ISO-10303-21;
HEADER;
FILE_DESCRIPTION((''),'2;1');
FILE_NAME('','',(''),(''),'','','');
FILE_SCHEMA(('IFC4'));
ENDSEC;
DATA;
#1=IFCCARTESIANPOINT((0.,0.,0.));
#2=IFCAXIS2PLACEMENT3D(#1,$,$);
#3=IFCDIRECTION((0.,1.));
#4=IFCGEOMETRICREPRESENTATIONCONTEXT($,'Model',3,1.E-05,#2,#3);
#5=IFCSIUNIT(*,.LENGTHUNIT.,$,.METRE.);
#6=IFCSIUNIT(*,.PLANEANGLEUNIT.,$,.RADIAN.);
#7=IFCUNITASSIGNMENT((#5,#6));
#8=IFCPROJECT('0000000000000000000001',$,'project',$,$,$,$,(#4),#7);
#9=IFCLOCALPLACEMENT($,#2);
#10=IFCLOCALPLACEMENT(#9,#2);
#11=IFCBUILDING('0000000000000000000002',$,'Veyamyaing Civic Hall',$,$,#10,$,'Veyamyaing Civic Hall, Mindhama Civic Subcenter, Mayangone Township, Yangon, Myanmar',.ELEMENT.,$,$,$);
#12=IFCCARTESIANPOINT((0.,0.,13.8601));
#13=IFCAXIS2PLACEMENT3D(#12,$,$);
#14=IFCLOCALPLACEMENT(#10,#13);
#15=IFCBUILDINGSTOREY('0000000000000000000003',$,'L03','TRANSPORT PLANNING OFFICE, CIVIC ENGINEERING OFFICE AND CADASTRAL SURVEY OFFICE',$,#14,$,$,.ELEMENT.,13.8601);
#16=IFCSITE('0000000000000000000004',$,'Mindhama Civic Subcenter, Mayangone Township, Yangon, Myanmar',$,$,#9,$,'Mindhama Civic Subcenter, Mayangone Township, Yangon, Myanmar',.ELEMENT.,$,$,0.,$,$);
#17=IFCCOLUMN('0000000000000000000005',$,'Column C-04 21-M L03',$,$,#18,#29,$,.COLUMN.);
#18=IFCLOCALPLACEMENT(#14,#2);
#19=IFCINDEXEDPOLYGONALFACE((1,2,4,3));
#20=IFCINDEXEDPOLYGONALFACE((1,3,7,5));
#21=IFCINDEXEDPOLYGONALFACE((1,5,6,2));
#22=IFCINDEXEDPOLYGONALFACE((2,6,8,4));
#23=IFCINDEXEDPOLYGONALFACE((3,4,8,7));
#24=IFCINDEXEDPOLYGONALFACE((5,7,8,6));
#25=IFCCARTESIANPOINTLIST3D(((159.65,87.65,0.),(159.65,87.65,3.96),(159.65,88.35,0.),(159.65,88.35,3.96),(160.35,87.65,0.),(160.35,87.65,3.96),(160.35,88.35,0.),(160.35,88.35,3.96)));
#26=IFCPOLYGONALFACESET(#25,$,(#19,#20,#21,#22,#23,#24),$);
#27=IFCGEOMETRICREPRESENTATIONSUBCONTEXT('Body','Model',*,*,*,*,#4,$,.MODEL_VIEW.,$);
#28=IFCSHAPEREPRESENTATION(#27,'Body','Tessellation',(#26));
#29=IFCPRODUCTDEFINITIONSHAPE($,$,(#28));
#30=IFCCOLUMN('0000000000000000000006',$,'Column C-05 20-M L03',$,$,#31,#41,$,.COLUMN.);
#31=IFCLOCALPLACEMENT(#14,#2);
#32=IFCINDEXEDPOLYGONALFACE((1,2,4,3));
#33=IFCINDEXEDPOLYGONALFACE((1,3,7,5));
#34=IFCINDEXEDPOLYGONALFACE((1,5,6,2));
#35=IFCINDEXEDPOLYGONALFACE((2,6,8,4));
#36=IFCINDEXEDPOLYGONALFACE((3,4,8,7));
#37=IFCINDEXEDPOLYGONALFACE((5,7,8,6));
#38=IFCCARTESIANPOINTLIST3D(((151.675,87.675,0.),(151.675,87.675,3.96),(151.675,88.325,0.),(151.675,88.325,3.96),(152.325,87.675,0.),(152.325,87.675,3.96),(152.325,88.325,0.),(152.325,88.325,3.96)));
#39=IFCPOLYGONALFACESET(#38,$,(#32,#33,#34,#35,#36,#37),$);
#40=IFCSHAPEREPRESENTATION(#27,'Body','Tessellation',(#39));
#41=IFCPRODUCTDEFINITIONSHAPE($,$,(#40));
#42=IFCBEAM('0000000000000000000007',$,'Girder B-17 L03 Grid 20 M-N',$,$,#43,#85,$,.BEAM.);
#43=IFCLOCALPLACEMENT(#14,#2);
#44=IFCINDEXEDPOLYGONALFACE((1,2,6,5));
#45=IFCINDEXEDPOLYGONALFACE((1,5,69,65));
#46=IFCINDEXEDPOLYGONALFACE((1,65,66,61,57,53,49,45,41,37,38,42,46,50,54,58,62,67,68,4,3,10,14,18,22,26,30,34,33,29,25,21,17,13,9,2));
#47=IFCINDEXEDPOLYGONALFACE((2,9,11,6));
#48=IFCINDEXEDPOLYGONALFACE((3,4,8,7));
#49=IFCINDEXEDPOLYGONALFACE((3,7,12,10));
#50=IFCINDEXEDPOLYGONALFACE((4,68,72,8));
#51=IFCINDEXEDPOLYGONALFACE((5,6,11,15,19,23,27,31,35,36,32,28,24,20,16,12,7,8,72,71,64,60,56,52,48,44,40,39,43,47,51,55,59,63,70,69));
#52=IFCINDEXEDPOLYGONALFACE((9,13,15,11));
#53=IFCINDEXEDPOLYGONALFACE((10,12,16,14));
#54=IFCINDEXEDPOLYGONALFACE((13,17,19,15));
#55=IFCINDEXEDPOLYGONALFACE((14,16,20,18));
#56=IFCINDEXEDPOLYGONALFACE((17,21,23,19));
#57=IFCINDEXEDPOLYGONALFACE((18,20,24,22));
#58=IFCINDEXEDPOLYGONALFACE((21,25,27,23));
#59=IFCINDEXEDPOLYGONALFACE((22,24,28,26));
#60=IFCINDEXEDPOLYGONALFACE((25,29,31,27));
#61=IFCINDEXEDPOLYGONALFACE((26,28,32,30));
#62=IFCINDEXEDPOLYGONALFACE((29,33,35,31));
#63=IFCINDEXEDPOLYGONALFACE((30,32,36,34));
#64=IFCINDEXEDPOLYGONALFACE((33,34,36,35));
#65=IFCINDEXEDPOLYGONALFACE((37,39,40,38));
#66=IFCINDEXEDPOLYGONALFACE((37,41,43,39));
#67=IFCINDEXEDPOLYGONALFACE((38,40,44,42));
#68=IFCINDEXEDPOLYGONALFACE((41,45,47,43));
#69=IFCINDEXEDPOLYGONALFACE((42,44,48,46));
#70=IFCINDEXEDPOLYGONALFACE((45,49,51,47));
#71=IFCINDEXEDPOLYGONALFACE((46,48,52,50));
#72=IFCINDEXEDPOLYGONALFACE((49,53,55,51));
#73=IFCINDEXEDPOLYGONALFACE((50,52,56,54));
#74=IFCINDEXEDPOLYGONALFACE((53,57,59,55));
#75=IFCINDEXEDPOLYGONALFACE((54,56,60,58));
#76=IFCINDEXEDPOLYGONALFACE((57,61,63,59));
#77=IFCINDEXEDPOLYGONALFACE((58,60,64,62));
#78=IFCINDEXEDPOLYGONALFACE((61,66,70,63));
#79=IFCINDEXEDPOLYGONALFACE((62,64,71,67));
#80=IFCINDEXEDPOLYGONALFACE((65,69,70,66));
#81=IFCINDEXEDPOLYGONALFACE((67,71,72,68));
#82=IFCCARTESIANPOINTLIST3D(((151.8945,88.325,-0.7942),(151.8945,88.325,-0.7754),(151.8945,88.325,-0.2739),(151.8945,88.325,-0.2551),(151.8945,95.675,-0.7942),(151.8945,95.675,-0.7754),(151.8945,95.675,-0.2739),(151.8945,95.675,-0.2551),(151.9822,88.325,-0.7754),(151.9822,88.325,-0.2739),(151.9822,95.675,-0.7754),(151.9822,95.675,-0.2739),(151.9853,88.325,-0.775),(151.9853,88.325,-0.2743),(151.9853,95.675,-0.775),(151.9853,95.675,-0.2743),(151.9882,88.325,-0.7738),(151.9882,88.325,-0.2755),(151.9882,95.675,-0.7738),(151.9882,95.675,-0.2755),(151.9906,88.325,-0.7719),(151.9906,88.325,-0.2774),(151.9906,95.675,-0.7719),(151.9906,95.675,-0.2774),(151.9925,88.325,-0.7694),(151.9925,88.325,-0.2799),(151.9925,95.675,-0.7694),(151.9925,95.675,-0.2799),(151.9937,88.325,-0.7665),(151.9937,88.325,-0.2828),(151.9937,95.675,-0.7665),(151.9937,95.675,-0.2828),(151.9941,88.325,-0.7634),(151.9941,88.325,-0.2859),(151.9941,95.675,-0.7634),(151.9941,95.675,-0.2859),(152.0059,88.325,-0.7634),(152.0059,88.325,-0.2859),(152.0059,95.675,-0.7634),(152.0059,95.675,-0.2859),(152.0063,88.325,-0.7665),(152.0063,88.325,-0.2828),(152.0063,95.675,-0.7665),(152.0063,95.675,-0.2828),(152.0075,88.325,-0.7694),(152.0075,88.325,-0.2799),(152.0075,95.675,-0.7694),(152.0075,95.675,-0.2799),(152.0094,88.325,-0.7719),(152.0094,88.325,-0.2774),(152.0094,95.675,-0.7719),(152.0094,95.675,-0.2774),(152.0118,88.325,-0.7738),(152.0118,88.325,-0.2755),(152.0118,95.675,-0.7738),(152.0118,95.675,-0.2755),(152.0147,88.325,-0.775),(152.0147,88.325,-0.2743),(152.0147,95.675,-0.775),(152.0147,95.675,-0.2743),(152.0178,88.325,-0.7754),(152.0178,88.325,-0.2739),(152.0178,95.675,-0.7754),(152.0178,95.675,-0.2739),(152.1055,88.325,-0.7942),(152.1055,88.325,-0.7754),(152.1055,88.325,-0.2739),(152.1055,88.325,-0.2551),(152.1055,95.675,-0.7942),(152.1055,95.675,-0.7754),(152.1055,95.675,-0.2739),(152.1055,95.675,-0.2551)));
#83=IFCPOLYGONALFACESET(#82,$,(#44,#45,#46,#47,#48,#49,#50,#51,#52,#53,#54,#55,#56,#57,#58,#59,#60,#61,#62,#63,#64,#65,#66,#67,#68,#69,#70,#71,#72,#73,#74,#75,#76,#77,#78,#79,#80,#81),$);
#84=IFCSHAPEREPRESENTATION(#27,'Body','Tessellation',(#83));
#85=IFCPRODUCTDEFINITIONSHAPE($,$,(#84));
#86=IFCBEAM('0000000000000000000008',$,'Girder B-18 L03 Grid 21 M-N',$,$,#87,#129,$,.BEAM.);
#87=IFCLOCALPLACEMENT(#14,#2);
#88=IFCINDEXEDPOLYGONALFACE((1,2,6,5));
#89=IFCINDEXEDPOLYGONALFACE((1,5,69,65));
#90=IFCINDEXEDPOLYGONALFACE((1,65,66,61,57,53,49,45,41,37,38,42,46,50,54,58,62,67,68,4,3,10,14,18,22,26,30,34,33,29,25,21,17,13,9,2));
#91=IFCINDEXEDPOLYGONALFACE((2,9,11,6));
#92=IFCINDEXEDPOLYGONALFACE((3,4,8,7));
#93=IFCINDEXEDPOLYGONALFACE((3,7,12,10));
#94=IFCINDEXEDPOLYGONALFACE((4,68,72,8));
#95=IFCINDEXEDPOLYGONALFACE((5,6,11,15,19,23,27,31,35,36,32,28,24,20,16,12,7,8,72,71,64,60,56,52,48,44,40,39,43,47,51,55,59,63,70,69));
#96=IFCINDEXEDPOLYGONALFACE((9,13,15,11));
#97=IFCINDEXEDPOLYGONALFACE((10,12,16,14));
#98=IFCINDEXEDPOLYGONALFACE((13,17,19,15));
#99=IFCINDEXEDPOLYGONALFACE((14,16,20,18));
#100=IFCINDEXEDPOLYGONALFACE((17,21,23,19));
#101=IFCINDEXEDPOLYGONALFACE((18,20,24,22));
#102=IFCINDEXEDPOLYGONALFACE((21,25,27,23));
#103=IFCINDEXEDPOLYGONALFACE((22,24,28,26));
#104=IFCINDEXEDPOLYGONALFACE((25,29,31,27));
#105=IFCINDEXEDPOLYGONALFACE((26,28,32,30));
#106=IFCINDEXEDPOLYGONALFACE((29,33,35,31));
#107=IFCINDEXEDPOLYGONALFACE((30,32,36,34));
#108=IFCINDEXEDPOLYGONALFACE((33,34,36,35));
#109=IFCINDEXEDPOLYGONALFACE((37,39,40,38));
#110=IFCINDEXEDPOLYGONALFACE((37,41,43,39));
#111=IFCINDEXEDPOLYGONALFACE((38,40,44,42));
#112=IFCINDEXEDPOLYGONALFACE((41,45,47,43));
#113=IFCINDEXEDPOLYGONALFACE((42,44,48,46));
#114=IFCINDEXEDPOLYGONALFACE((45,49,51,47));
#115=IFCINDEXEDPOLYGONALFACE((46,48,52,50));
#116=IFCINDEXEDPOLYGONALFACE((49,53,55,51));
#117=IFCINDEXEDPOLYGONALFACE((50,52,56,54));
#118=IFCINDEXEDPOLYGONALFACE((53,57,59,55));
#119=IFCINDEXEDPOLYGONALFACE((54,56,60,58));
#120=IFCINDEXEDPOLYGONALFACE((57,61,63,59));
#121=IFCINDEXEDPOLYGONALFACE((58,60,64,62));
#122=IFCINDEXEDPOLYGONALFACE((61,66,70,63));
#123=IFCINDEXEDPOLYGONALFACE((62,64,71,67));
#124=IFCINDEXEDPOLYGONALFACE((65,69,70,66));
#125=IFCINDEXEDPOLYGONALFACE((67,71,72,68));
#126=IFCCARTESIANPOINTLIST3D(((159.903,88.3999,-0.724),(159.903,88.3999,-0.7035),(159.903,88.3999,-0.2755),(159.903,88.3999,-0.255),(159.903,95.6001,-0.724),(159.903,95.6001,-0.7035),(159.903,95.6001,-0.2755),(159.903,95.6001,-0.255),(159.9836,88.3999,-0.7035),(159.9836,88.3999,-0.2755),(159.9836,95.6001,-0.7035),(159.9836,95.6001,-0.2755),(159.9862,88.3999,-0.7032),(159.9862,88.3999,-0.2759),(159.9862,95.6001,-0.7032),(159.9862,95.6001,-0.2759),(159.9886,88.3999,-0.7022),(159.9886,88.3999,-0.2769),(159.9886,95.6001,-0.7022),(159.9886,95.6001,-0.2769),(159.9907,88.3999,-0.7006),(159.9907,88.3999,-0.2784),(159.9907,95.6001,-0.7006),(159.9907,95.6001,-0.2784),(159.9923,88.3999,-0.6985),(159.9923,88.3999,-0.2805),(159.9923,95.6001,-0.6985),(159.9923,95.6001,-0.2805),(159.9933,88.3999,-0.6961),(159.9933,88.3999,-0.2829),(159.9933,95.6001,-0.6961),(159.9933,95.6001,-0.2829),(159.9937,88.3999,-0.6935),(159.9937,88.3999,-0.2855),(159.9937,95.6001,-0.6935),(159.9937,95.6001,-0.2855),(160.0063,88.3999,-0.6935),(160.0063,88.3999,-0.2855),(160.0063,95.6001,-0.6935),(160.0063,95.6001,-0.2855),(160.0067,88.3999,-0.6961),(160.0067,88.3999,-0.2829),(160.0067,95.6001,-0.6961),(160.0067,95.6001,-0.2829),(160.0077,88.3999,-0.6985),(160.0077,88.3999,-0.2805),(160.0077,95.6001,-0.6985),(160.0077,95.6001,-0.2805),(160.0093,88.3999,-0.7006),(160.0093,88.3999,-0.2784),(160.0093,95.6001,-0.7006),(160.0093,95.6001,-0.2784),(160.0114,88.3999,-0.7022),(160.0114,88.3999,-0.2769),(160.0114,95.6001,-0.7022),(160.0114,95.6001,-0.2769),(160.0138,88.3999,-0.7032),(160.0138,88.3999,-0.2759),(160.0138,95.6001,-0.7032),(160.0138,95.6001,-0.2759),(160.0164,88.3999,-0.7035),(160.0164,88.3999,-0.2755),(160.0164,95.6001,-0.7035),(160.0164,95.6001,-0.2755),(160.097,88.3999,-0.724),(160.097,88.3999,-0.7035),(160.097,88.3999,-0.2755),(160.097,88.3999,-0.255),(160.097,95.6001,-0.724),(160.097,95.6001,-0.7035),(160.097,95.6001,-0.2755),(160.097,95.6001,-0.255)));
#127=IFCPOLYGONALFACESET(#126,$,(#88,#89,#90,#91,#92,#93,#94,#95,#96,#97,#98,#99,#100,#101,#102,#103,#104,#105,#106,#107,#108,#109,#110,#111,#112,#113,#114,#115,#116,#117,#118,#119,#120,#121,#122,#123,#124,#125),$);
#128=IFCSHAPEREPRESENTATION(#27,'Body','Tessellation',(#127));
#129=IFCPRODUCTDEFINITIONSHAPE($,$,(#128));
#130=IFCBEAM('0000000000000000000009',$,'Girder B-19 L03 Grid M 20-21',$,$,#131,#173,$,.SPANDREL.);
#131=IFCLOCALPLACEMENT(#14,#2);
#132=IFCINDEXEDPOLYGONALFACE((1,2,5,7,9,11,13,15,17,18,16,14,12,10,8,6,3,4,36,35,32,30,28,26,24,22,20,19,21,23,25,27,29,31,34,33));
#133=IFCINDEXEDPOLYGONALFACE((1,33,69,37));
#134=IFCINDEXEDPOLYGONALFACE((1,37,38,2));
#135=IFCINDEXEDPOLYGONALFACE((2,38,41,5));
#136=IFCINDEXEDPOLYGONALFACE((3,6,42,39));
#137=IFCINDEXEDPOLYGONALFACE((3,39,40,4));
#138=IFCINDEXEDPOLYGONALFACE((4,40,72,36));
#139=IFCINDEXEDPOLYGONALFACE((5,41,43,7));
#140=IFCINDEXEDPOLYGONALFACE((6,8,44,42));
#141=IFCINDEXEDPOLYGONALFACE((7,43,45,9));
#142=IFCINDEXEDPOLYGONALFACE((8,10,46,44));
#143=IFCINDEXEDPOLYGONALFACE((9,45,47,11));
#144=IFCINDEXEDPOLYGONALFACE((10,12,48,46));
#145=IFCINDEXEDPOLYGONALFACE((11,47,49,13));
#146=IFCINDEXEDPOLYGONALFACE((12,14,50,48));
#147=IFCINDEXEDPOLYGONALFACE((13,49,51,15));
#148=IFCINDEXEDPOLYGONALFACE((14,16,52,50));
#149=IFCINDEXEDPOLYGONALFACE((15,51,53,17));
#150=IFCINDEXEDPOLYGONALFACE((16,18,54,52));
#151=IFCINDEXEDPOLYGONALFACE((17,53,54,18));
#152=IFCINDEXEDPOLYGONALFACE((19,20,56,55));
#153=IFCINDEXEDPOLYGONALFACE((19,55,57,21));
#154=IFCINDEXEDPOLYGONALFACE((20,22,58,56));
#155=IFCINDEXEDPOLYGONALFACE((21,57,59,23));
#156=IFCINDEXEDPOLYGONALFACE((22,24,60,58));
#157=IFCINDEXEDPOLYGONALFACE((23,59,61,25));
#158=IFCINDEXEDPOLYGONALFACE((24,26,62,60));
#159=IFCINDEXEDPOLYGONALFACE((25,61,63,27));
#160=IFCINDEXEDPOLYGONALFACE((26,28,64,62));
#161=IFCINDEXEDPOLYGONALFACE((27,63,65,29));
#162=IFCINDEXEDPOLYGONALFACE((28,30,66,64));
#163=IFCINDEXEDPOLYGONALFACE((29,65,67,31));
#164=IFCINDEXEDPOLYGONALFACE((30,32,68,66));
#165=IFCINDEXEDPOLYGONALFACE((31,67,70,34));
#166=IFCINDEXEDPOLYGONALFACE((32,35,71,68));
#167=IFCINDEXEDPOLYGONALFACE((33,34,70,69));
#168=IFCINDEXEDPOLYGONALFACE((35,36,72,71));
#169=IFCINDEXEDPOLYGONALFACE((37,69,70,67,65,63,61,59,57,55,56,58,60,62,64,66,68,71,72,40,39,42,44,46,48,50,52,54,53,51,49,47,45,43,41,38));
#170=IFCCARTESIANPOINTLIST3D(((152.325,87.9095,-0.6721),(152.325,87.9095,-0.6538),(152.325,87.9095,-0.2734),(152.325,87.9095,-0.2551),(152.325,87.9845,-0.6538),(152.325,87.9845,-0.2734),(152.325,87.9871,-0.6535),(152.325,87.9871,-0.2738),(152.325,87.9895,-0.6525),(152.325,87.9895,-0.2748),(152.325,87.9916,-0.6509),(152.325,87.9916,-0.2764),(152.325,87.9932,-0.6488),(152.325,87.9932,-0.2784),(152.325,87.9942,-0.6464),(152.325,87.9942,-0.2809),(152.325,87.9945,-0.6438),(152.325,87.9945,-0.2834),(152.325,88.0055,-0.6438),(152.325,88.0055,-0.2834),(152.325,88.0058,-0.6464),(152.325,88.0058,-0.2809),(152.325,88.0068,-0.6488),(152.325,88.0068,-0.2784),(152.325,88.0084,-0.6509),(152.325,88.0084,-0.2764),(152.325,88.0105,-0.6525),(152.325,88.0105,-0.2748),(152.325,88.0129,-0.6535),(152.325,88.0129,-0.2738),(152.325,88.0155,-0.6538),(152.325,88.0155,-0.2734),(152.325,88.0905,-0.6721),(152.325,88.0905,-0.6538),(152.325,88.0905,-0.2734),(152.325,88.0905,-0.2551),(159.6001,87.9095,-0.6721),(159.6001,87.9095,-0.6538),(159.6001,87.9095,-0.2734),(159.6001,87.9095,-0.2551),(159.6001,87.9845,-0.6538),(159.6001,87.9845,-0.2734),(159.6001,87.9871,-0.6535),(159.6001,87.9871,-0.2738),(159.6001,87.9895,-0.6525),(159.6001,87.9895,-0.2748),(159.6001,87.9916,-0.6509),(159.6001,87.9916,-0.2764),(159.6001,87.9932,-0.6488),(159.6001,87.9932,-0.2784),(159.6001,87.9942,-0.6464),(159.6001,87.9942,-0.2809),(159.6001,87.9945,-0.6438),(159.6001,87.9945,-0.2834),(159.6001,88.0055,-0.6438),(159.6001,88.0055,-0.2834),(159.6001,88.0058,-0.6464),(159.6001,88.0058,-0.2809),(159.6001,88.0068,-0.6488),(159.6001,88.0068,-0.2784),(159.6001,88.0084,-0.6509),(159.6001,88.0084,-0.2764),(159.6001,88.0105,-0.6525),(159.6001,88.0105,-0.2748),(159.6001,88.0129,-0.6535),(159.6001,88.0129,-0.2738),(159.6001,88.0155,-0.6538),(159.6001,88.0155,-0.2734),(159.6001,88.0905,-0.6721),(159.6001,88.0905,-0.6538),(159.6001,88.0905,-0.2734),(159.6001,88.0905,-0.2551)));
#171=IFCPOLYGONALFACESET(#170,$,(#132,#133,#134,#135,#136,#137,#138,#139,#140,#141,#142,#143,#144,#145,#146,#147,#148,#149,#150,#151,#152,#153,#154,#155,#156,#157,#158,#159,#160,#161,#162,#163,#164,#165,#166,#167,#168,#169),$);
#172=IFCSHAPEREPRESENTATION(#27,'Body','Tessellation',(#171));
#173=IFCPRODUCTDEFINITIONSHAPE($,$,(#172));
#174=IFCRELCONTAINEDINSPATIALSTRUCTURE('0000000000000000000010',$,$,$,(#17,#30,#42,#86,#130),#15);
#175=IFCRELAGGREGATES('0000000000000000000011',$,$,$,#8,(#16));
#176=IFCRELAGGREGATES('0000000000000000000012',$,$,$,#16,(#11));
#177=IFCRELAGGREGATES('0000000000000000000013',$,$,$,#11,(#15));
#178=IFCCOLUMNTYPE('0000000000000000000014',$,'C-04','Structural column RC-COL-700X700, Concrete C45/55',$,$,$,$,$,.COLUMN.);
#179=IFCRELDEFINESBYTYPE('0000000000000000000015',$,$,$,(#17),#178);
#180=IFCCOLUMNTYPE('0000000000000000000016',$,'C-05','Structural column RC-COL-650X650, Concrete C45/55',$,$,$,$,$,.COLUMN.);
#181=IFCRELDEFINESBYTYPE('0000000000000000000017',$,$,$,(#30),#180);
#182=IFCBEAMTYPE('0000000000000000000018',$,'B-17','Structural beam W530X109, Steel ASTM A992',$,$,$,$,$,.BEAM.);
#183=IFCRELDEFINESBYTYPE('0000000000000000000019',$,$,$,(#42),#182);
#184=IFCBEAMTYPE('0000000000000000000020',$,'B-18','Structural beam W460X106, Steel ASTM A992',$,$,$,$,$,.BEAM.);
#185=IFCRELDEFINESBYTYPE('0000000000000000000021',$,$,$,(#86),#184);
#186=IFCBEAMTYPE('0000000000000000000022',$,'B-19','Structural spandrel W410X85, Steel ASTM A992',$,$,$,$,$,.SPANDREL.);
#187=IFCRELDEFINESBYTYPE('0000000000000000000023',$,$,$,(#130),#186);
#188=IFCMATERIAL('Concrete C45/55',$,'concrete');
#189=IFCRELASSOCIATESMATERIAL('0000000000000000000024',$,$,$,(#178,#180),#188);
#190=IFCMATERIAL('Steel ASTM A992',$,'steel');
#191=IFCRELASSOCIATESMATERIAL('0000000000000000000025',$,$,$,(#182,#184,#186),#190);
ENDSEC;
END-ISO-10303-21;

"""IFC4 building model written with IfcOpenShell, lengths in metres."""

from ifc_helpers import new_model, si_unit, direction, frame, origin, origin_2d, place, context, subcontext, project, spatial, rectangle, i_section, extrude, material, material_profile, profile_set, type_object, element, save


model = new_model("IFC4")

# Units and contexts
model_context = context("Model", 3, precision=1e-05, world=origin(), true_north=direction((0.0, 1.0)))
body_context = subcontext(model_context, "Body", "Model", "MODEL_VIEW")
ifc_project = project(units=[si_unit("LENGTHUNIT", "METRE"), si_unit("PLANEANGLEUNIT", "RADIAN")], contexts=[model_context])

# Site, building, storey
site_placement = place(None, origin())
site = spatial("IfcSite", under=ifc_project, at=site_placement, Name="Mindhama Civic Subcenter, Mayangone Township, Yangon, Myanmar", LongName="Mindhama Civic Subcenter, Mayangone Township, Yangon, Myanmar", CompositionType="ELEMENT", RefElevation=0.0)
building_placement = place(site_placement, origin())
building = spatial("IfcBuilding", under=site, at=building_placement, Name="Veyamyaing Civic Hall", LongName="Veyamyaing Civic Hall, Mindhama Civic Subcenter, Mayangone Township, Yangon, Myanmar", CompositionType="ELEMENT")
storey_placement = place(building_placement, frame((0.0, 0.0, 13.8601)))
storey = spatial("IfcBuildingStorey", under=building, at=storey_placement, Name="L03", Description="TRANSPORT PLANNING OFFICE, CIVIC ENGINEERING OFFICE AND CADASTRAL SURVEY OFFICE", CompositionType="ELEMENT", Elevation=13.8601)

# Columns
ifc_material_1 = material(Name="Concrete C45/55", Category="concrete")
ifc_material_profile_1 = material_profile(ifc_material_1, rectangle(XDim=0.7, YDim=0.7, at=origin_2d()), Name="RC-COL-700X700")
ifc_profile_set_1 = profile_set([ifc_material_profile_1], Name="Concrete C45/55")
column_type_1 = type_object("IfcColumnType", Name="C-04", Description="Structural column RC-COL-700X700, Concrete C45/55", PredefinedType="COLUMN", material=ifc_profile_set_1)
column_1_placement = place(storey_placement, frame((160.0, 88.0, 0.0), z_axis=(0.0, 0.0, 1.0), x_axis=(1.0, 0.0, 0.0)))
element("IfcColumn", 1, at=column_1_placement, inside=storey, type_object=column_type_1, Name="Column C-04 21-M L03", PredefinedType="COLUMN", context=body_context, shape_type="SweptSolid", body=[
    extrude(rectangle(XDim=0.7, YDim=0.7, at=origin_2d()), origin(), (0.0, 0.0, 1.0), 3.96),
])
ifc_material_profile_2 = material_profile(ifc_material_1, rectangle(XDim=0.6499, YDim=0.6499, at=origin_2d()), Name="RC-COL-650X650")
ifc_profile_set_2 = profile_set([ifc_material_profile_2], Name="Concrete C45/55")
column_type_2 = type_object("IfcColumnType", Name="C-05", Description="Structural column RC-COL-650X650, Concrete C45/55", PredefinedType="COLUMN", material=ifc_profile_set_2)
column_2_placement = place(storey_placement, frame((152.0, 88.0, 0.0), z_axis=(0.0, 0.0, 1.0), x_axis=(1.0, 0.0, 0.0)))
element("IfcColumn", 2, at=column_2_placement, inside=storey, type_object=column_type_2, Name="Column C-05 20-M L03", PredefinedType="COLUMN", context=body_context, shape_type="SweptSolid", body=[
    extrude(rectangle(XDim=0.6499, YDim=0.6499, at=origin_2d()), origin(), (0.0, 0.0, 1.0), 3.96),
])

# Beams
ifc_material_2 = material(Name="Steel ASTM A992", Category="steel")
ifc_material_profile_3 = material_profile(ifc_material_2, i_section(OverallWidth=0.2109, OverallDepth=0.5391, WebThickness=0.0117, FlangeThickness=0.0188, FilletRadius=0.012, at=origin_2d()), Name="W530X109")
ifc_profile_set_3 = profile_set([ifc_material_profile_3], Name="Steel ASTM A992")
beam_type_1 = type_object("IfcBeamType", Name="B-17", Description="Structural beam W530X109, Steel ASTM A992", PredefinedType="BEAM", material=ifc_profile_set_3)
beam_1_placement = place(storey_placement, frame((152.0, 88.325, -0.5247), z_axis=(0.0, 1.0, 0.0), x_axis=(-1.0, 0.0, 0.0)))
element("IfcBeam", 3, at=beam_1_placement, inside=storey, type_object=beam_type_1, Name="Girder B-17 L03 Grid 20 M-N", PredefinedType="BEAM", context=body_context, shape_type="SweptSolid", body=[
    extrude(i_section(OverallWidth=0.2109, OverallDepth=0.5391, WebThickness=0.0117, FlangeThickness=0.0188, FilletRadius=0.012, at=origin_2d()), origin(), (0.0, 0.0, 1.0), 7.3501),
])
ifc_material_profile_4 = material_profile(ifc_material_2, i_section(OverallWidth=0.1941, OverallDepth=0.469, WebThickness=0.0127, FlangeThickness=0.0205, FilletRadius=0.01, at=origin_2d()), Name="W460X106")
ifc_profile_set_4 = profile_set([ifc_material_profile_4], Name="Steel ASTM A992")
beam_type_2 = type_object("IfcBeamType", Name="B-18", Description="Structural beam W460X106, Steel ASTM A992", PredefinedType="BEAM", material=ifc_profile_set_4)
beam_2_placement = place(storey_placement, frame((160.0, 88.3999, -0.4895), z_axis=(0.0, 1.0, 0.0), x_axis=(-1.0, 0.0, 0.0)))
element("IfcBeam", 4, at=beam_2_placement, inside=storey, type_object=beam_type_2, Name="Girder B-18 L03 Grid 21 M-N", PredefinedType="BEAM", context=body_context, shape_type="SweptSolid", body=[
    extrude(i_section(OverallWidth=0.1941, OverallDepth=0.469, WebThickness=0.0127, FlangeThickness=0.0205, FilletRadius=0.01, at=origin_2d()), origin(), (0.0, 0.0, 1.0), 7.2002),
])
ifc_material_profile_5 = material_profile(ifc_material_2, i_section(OverallWidth=0.1809, OverallDepth=0.417, WebThickness=0.011, FlangeThickness=0.0183, FilletRadius=0.01, at=origin_2d()), Name="W410X85")
ifc_profile_set_5 = profile_set([ifc_material_profile_5], Name="Steel ASTM A992")
beam_type_3 = type_object("IfcBeamType", Name="B-19", Description="Structural spandrel W410X85, Steel ASTM A992", PredefinedType="SPANDREL", material=ifc_profile_set_5)
beam_3_placement = place(storey_placement, frame((152.325, 88.0, -0.4636), z_axis=(1.0, 0.0, 0.0), x_axis=(0.0, 1.0, 0.0)))
element("IfcBeam", 5, at=beam_3_placement, inside=storey, type_object=beam_type_3, Name="Girder B-19 L03 Grid M 20-21", PredefinedType="SPANDREL", context=body_context, shape_type="SweptSolid", body=[
    extrude(i_section(OverallWidth=0.1809, OverallDepth=0.417, WebThickness=0.011, FlangeThickness=0.0183, FilletRadius=0.01, at=origin_2d()), origin(), (0.0, 0.0, 1.0), 7.2751),
])

save(model, "model.ifc")
